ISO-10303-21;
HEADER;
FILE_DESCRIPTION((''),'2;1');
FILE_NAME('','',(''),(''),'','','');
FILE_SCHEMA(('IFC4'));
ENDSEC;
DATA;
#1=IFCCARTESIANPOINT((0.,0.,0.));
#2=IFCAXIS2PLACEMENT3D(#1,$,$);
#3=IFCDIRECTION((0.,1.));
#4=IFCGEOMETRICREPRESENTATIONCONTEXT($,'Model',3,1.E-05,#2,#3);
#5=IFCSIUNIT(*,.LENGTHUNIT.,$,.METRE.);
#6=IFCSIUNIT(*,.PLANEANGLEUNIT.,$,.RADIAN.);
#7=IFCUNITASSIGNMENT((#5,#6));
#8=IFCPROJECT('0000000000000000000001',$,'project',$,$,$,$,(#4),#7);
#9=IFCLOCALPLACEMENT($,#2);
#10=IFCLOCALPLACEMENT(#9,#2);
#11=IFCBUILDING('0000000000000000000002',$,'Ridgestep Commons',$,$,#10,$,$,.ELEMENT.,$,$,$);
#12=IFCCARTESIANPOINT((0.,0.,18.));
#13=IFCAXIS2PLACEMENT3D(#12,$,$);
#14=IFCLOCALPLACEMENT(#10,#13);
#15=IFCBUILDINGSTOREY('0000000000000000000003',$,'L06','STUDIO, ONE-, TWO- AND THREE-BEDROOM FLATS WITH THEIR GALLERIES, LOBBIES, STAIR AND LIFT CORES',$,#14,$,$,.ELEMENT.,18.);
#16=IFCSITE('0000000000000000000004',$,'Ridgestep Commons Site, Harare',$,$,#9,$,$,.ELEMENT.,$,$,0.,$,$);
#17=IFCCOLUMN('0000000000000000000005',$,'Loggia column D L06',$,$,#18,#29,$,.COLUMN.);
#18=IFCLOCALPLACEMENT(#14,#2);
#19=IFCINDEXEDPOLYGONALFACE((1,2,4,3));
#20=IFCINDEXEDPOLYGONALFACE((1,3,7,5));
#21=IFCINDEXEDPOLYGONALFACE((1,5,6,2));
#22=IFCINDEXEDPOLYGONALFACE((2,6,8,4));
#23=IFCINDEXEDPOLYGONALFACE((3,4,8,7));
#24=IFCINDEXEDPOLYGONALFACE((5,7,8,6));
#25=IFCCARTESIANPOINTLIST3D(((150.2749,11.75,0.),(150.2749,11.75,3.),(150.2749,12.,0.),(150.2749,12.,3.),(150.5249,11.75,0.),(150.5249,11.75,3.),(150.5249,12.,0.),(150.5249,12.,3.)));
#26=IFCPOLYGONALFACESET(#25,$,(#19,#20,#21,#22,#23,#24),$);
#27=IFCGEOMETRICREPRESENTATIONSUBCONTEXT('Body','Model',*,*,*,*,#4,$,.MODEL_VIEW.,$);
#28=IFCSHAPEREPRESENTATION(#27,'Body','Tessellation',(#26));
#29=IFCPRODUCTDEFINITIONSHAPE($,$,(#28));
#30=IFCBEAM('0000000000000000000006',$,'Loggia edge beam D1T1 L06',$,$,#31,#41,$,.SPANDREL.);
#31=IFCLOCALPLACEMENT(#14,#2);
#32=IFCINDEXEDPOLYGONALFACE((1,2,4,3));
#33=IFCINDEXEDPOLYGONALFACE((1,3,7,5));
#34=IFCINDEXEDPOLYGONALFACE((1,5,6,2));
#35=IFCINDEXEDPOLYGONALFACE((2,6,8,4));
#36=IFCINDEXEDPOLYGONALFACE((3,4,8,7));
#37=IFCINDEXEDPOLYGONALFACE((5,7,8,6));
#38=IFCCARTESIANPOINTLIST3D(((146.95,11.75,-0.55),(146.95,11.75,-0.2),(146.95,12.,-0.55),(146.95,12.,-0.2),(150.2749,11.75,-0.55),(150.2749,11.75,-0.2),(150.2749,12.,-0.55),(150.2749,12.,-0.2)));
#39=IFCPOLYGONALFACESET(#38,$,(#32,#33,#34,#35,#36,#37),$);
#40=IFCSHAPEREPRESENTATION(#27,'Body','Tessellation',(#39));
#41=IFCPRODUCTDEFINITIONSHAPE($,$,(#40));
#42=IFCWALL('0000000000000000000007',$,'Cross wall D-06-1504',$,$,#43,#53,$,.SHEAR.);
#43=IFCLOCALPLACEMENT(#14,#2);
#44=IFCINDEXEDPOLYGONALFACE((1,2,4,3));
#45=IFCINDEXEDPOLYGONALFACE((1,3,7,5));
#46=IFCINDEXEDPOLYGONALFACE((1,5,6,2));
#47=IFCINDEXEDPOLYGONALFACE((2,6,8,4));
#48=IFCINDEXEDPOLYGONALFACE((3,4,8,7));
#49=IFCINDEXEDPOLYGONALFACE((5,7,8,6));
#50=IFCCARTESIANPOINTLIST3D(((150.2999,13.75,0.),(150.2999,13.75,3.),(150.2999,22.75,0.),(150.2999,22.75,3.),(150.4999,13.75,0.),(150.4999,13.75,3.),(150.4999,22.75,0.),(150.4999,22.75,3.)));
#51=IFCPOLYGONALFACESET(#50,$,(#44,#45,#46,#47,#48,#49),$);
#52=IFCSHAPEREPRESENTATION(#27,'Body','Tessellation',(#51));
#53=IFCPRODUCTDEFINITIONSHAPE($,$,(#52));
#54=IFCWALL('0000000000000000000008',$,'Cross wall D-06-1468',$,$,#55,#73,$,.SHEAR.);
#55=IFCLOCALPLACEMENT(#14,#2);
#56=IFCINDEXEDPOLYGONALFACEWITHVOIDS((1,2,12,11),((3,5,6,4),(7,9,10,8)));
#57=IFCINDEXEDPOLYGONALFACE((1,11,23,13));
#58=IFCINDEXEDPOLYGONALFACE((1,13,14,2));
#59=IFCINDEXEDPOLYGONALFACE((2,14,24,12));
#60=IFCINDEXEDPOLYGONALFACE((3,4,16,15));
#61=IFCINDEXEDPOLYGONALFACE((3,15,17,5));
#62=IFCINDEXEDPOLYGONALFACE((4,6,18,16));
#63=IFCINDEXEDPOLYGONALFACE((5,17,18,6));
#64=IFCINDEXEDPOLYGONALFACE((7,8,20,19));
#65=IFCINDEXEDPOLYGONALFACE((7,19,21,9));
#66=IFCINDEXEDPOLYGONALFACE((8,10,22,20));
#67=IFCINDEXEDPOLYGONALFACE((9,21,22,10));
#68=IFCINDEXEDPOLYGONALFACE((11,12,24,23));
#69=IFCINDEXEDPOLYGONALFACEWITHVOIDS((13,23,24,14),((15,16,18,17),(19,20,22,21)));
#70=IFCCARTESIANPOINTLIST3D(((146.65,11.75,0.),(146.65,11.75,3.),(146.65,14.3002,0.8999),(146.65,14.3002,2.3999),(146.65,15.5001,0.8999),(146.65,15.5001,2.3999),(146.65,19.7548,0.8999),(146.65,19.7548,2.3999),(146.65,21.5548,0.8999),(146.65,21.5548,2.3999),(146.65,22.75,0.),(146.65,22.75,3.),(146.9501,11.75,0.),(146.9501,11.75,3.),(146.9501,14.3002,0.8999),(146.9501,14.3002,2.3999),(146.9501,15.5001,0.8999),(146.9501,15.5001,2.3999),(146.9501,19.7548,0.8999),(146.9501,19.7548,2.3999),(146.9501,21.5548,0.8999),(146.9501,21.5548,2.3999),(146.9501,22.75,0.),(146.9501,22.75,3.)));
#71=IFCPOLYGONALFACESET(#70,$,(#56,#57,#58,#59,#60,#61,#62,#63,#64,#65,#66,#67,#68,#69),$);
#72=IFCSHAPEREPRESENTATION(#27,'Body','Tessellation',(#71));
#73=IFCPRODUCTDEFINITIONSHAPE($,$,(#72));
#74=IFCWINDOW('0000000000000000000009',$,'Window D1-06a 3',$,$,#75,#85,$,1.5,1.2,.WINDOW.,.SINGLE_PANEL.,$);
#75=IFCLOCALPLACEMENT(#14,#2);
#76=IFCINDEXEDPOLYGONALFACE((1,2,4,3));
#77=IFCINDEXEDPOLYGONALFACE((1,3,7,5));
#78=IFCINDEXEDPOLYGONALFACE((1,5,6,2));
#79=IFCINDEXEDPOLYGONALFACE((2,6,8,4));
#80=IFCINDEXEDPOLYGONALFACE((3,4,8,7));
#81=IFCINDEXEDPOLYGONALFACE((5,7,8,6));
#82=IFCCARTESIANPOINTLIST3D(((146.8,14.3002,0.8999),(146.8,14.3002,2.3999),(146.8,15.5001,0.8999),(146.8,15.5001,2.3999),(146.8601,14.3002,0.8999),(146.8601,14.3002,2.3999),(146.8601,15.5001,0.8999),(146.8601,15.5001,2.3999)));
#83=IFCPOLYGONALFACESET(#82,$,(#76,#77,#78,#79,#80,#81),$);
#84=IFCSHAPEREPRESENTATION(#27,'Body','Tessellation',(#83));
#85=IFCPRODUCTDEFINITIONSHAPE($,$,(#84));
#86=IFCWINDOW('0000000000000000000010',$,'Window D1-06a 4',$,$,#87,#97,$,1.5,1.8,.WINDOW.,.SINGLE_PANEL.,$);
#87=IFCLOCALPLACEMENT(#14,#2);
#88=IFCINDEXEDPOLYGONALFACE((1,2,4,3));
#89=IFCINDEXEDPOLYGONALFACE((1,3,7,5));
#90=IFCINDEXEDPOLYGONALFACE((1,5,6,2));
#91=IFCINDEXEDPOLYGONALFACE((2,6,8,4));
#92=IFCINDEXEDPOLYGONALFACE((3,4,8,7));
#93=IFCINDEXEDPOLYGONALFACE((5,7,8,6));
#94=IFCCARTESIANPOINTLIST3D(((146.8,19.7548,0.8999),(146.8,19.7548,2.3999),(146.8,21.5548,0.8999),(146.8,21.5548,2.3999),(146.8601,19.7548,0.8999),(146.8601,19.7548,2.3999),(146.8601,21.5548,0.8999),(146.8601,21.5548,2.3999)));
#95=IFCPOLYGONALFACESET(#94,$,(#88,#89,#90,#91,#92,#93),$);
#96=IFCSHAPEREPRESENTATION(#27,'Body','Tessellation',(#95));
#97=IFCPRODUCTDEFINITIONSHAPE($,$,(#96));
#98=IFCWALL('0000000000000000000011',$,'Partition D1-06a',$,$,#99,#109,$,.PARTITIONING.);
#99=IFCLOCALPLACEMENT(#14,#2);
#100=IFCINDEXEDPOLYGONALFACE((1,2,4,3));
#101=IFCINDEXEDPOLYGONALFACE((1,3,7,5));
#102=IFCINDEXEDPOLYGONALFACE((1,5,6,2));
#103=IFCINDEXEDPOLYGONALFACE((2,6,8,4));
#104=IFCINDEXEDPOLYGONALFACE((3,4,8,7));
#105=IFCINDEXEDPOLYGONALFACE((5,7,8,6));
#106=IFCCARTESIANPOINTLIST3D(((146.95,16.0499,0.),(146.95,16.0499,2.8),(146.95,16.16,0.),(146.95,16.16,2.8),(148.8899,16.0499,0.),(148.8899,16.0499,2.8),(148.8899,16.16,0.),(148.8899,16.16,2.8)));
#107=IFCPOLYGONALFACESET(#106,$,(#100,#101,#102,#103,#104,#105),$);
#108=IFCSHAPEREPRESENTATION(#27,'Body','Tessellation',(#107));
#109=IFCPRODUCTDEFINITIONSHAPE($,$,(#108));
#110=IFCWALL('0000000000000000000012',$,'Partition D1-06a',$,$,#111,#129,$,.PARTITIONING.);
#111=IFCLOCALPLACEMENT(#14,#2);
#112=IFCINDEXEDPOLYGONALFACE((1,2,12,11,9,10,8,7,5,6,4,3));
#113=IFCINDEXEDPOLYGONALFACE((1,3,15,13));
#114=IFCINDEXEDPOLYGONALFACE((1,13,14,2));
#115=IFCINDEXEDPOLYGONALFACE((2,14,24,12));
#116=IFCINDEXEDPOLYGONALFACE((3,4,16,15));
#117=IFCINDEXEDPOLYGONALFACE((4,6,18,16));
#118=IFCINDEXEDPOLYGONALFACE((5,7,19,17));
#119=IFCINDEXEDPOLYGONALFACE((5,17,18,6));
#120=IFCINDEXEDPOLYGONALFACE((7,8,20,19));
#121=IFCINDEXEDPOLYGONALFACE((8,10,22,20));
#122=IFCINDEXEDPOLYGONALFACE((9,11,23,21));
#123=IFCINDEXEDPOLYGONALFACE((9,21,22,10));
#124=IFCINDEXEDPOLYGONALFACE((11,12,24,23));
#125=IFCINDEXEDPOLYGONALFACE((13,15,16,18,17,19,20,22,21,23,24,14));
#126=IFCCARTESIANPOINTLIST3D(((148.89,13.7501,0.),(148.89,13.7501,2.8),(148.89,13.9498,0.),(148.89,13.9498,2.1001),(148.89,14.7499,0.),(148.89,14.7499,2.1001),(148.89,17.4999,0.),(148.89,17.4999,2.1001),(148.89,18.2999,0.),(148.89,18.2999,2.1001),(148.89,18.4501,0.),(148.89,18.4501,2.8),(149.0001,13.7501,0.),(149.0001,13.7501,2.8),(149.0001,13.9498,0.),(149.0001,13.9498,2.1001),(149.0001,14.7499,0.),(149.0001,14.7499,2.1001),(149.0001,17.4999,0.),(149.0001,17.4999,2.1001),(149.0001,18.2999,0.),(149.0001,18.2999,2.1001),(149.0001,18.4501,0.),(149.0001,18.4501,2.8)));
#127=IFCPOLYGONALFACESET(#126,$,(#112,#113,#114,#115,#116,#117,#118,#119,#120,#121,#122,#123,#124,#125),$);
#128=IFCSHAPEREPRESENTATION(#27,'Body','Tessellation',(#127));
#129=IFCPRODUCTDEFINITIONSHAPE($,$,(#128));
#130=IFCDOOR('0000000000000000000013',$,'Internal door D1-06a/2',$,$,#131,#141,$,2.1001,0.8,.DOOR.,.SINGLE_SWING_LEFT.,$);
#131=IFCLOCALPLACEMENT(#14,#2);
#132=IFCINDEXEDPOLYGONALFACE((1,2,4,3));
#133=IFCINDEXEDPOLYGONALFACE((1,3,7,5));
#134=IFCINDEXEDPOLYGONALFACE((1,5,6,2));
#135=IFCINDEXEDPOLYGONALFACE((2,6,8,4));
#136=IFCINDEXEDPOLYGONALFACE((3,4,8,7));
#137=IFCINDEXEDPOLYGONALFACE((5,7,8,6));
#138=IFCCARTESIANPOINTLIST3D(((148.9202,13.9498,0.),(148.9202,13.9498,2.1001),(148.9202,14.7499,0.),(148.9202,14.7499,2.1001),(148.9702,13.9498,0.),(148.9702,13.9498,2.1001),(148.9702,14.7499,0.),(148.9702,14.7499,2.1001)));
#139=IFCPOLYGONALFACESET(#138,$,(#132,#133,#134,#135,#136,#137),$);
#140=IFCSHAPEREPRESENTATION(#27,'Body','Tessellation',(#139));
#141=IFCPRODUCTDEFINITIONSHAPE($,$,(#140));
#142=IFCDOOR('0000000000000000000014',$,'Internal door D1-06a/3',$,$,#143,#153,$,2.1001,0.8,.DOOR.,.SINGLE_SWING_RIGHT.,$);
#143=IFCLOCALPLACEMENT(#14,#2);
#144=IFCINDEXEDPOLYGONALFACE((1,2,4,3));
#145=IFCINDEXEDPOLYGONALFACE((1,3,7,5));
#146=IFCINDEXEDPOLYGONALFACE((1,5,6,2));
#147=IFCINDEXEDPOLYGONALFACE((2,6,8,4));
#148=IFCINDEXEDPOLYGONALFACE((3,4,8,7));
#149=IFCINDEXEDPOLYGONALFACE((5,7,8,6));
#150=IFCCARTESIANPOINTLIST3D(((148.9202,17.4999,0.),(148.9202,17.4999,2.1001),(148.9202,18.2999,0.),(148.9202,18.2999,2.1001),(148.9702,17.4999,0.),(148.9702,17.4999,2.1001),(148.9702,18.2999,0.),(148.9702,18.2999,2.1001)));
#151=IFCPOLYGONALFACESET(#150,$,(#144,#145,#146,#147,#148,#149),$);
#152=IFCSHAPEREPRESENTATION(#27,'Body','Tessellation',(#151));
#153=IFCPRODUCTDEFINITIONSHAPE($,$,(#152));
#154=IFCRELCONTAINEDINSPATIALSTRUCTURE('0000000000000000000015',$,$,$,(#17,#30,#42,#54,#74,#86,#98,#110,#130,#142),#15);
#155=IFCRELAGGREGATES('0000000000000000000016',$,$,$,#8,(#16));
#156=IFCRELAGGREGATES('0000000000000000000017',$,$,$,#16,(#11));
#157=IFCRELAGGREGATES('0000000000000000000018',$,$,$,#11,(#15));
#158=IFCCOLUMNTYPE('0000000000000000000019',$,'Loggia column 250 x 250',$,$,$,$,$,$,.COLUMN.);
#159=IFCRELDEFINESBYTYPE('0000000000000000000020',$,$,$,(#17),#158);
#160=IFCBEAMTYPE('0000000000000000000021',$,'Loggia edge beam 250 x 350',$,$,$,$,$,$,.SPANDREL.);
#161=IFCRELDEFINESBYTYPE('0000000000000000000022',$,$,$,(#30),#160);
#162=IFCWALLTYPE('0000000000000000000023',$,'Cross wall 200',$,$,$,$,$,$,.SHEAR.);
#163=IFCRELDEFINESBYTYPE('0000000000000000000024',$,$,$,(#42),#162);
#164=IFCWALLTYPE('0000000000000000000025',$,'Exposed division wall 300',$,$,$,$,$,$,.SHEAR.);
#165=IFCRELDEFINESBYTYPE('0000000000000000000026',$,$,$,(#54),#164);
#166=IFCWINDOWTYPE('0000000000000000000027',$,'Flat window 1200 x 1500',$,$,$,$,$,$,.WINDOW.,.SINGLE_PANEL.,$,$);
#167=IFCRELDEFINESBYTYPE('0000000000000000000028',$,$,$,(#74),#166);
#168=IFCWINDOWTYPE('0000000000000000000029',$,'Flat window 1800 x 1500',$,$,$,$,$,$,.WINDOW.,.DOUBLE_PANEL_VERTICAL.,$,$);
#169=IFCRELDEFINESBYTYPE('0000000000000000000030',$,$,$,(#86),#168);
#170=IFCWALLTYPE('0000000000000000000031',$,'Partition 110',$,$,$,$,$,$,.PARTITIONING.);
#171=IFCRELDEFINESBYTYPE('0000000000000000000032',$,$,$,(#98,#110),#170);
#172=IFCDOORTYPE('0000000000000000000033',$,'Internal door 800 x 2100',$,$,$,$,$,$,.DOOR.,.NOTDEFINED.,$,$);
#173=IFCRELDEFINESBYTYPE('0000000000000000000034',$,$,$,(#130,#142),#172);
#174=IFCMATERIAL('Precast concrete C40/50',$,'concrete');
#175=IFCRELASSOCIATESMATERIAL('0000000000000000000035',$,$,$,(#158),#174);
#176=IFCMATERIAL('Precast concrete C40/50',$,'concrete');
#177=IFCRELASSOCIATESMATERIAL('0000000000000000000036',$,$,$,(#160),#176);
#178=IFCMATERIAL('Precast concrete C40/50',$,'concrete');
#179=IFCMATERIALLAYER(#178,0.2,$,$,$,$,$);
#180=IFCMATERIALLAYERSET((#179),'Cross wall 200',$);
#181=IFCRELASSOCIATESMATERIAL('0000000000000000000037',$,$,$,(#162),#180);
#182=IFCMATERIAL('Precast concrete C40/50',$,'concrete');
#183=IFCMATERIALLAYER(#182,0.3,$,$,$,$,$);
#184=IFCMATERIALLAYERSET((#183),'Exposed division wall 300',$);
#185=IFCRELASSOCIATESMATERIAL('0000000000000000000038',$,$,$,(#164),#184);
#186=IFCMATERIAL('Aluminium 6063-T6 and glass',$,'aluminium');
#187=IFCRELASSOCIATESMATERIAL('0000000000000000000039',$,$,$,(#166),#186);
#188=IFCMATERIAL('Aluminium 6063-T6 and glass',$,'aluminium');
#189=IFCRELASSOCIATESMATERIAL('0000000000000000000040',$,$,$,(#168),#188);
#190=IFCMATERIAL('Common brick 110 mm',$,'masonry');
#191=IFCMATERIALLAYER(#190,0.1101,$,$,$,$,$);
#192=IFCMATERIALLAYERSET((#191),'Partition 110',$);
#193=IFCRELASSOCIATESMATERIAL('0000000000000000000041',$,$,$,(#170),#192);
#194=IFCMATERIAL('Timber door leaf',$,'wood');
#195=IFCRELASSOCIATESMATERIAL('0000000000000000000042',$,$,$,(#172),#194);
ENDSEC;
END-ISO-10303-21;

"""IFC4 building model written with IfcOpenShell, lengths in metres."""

from ifc_helpers import new_model, si_unit, direction, frame, frame_2d, origin, origin_2d, place, context, subcontext, project, spatial, rectangle, extrude, material, layer, layer_set, material_profile, profile_set, type_object, element, fill, save


model = new_model("IFC4")

# Units and contexts
model_context = context("Model", 3, precision=1e-05, world=origin(), true_north=direction((0.0, 1.0)))
body_context = subcontext(model_context, "Body", "Model", "MODEL_VIEW")
ifc_project = project(units=[si_unit("LENGTHUNIT", "METRE"), si_unit("PLANEANGLEUNIT", "RADIAN")], contexts=[model_context])

# Site, building, storey
site_placement = place(None, origin())
site = spatial("IfcSite", under=ifc_project, at=site_placement, Name="Ridgestep Commons Site, Harare", CompositionType="ELEMENT", RefElevation=0.0)
building_placement = place(site_placement, origin())
building = spatial("IfcBuilding", under=site, at=building_placement, Name="Ridgestep Commons", CompositionType="ELEMENT")
storey_placement = place(building_placement, frame((0.0, 0.0, 18.0)))
storey = spatial("IfcBuildingStorey", under=building, at=storey_placement, Name="L06", Description="STUDIO, ONE-, TWO- AND THREE-BEDROOM FLATS WITH THEIR GALLERIES, LOBBIES, STAIR AND LIFT CORES", CompositionType="ELEMENT", Elevation=18.0)

# Column
ifc_material_1 = material(Name="Precast concrete C40/50", Category="concrete")
ifc_material_profile_1 = material_profile(ifc_material_1, rectangle(XDim=0.25, YDim=0.25, at=origin_2d()), Name="PC 250x250")
ifc_profile_set_1 = profile_set([ifc_material_profile_1], Name="Precast concrete C40/50")
column_type = type_object("IfcColumnType", Name="Loggia column 250 x 250", PredefinedType="COLUMN", material=ifc_profile_set_1)
column_placement = place(storey_placement, frame((150.3999, 11.875, 0.0), z_axis=(0.0, 0.0, 1.0), x_axis=(1.0, 0.0, 0.0)))
element("IfcColumn", 1, at=column_placement, inside=storey, type_object=column_type, Name="Loggia column D L06", PredefinedType="COLUMN", context=body_context, shape_type="SweptSolid", body=[
    extrude(rectangle(XDim=0.25, YDim=0.25, at=origin_2d()), origin(), (0.0, 0.0, 1.0), 3.0),
])

# Beam
ifc_material_2 = material(Name="Precast concrete C40/50", Category="concrete")
ifc_material_profile_2 = material_profile(ifc_material_2, rectangle(XDim=0.25, YDim=0.3501, at=origin_2d()), Name="PC 250x350")
ifc_profile_set_2 = profile_set([ifc_material_profile_2], Name="Precast concrete C40/50")
beam_type = type_object("IfcBeamType", Name="Loggia edge beam 250 x 350", PredefinedType="SPANDREL", material=ifc_profile_set_2)
beam_placement = place(storey_placement, frame((146.95, 11.875, -0.375), z_axis=(1.0, 0.0, 0.0), x_axis=(0.0, 1.0, 0.0)))
element("IfcBeam", 2, at=beam_placement, inside=storey, type_object=beam_type, Name="Loggia edge beam D1T1 L06", PredefinedType="SPANDREL", context=body_context, shape_type="SweptSolid", body=[
    extrude(rectangle(XDim=0.25, YDim=0.3501, at=origin_2d()), origin(), (0.0, 0.0, 1.0), 3.325),
])

# Wall
ifc_material_3 = material(Name="Precast concrete C40/50", Category="concrete")
ifc_layer_1 = layer(ifc_material_3, 0.2)
ifc_layer_set_1 = layer_set([ifc_layer_1], Name="Cross wall 200")
wall_type_1 = type_object("IfcWallType", Name="Cross wall 200", PredefinedType="SHEAR", material=ifc_layer_set_1)
wall_1_placement = place(storey_placement, frame((150.3999, 13.75, 0.0), z_axis=(0.0, 0.0, 1.0), x_axis=(0.0, 1.0, 0.0)))
element("IfcWall", 3, at=wall_1_placement, inside=storey, type_object=wall_type_1, Name="Cross wall D-06-1504", PredefinedType="SHEAR", context=body_context, shape_type="SweptSolid", body=[
    extrude(rectangle(XDim=9.0, YDim=0.2, at=frame_2d((4.5, 0.0))), origin(), (0.0, 0.0, 1.0), 3.0),
])

# Wall, openings, windows
ifc_material_4 = material(Name="Precast concrete C40/50", Category="concrete")
ifc_layer_2 = layer(ifc_material_4, 0.3)
ifc_layer_set_2 = layer_set([ifc_layer_2], Name="Exposed division wall 300")
wall_type_2 = type_object("IfcWallType", Name="Exposed division wall 300", PredefinedType="SHEAR", material=ifc_layer_set_2)
wall_2_placement = place(storey_placement, frame((146.8, 11.75, 0.0), z_axis=(0.0, 0.0, 1.0), x_axis=(0.0, 1.0, 0.0)))
wall_2 = element("IfcWall", 4, at=wall_2_placement, inside=storey, type_object=wall_type_2, Name="Cross wall D-06-1468", PredefinedType="SHEAR", context=body_context, shape_type="SweptSolid", body=[
    extrude(rectangle(XDim=11.0, YDim=0.3, at=frame_2d((5.5, 0.0))), origin(), (0.0, 0.0, 1.0), 3.0),
])
opening_1_placement = place(wall_2_placement, frame((2.55, 0.0, 0.8999)))
opening_1 = element("IfcOpeningElement", 5, at=opening_1_placement, cuts=wall_2, PredefinedType="OPENING", context=body_context, shape_type="SweptSolid", body=[
    extrude(rectangle(XDim=1.2, YDim=1.5, at=frame_2d((0.6001, 0.75))), frame((0.0, 0.1599, 0.0), z_axis=(0.0, -1.0, 0.0), x_axis=(1.0, 0.0, 0.0)), (0.0, 0.0, 1.0), 0.3201),
])
opening_2_placement = place(wall_2_placement, frame((8.0049, 0.0, 0.8999)))
opening_2 = element("IfcOpeningElement", 6, at=opening_2_placement, cuts=wall_2, PredefinedType="OPENING", context=body_context, shape_type="SweptSolid", body=[
    extrude(rectangle(XDim=1.8, YDim=1.5, at=frame_2d((0.8999, 0.75))), frame((0.0, 0.1599, 0.0), z_axis=(0.0, -1.0, 0.0), x_axis=(1.0, 0.0, 0.0)), (0.0, 0.0, 1.0), 0.3201),
])
ifc_material_5 = material(Name="Aluminium 6063-T6 and glass", Category="aluminium")
window_type_1 = type_object("IfcWindowType", Name="Flat window 1200 x 1500", PartitioningType="SINGLE_PANEL", PredefinedType="WINDOW", material=ifc_material_5)
window_1_placement = place(opening_1_placement, origin())
window_1 = element("IfcWindow", 7, at=window_1_placement, inside=storey, type_object=window_type_1, Name="Window D1-06a 3", OverallHeight=1.5, OverallWidth=1.2, PartitioningType="SINGLE_PANEL", PredefinedType="WINDOW", context=body_context, shape_type="SweptSolid", body=[
    extrude(rectangle(XDim=1.2, YDim=1.5, at=frame_2d((0.6001, 0.75))), frame((0.0, 0.0, 0.0), z_axis=(0.0, -1.0, 0.0), x_axis=(1.0, 0.0, 0.0)), (0.0, 0.0, 1.0), 0.0601),
])
fill(opening_1, window_1)
ifc_material_6 = material(Name="Aluminium 6063-T6 and glass", Category="aluminium")
window_type_2 = type_object("IfcWindowType", Name="Flat window 1800 x 1500", PartitioningType="DOUBLE_PANEL_VERTICAL", PredefinedType="WINDOW", material=ifc_material_6)
window_2_placement = place(opening_2_placement, origin())
window_2 = element("IfcWindow", 8, at=window_2_placement, inside=storey, type_object=window_type_2, Name="Window D1-06a 4", OverallHeight=1.5, OverallWidth=1.8, PartitioningType="SINGLE_PANEL", PredefinedType="WINDOW", context=body_context, shape_type="SweptSolid", body=[
    extrude(rectangle(XDim=1.8, YDim=1.5, at=frame_2d((0.8999, 0.75))), frame((0.0, 0.0, 0.0), z_axis=(0.0, -1.0, 0.0), x_axis=(1.0, 0.0, 0.0)), (0.0, 0.0, 1.0), 0.0601),
])
fill(opening_2, window_2)

# Wall
ifc_material_7 = material(Name="Common brick 110 mm", Category="masonry")
ifc_layer_3 = layer(ifc_material_7, 0.1101)
ifc_layer_set_3 = layer_set([ifc_layer_3], Name="Partition 110")
wall_type_3 = type_object("IfcWallType", Name="Partition 110", PredefinedType="PARTITIONING", material=ifc_layer_set_3)
wall_3_placement = place(storey_placement, frame((146.95, 16.105, 0.0), z_axis=(0.0, 0.0, 1.0), x_axis=(1.0, 0.0, 0.0)))
element("IfcWall", 9, at=wall_3_placement, inside=storey, type_object=wall_type_3, Name="Partition D1-06a", PredefinedType="PARTITIONING", context=body_context, shape_type="SweptSolid", body=[
    extrude(rectangle(XDim=1.9399, YDim=0.1101, at=frame_2d((0.97, 0.0))), origin(), (0.0, 0.0, 1.0), 2.8),
])

# Wall, openings, doors
wall_4_placement = place(storey_placement, frame((148.9451, 13.75, 0.0), z_axis=(0.0, 0.0, 1.0), x_axis=(0.0, 1.0, 0.0)))
wall_4 = element("IfcWall", 10, at=wall_4_placement, inside=storey, type_object=wall_type_3, Name="Partition D1-06a", PredefinedType="PARTITIONING", context=body_context, shape_type="SweptSolid", body=[
    extrude(rectangle(XDim=4.7, YDim=0.1101, at=frame_2d((2.3501, 0.0))), origin(), (0.0, 0.0, 1.0), 2.8),
])
opening_3_placement = place(wall_4_placement, frame((0.2, 0.0, 0.0)))
opening_3 = element("IfcOpeningElement", 11, at=opening_3_placement, cuts=wall_4, PredefinedType="OPENING", context=body_context, shape_type="SweptSolid", body=[
    extrude(rectangle(XDim=0.8, YDim=2.1001, at=frame_2d((0.3999, 1.05))), frame((0.0, 0.0649, 0.0), z_axis=(0.0, -1.0, 0.0), x_axis=(1.0, 0.0, 0.0)), (0.0, 0.0, 1.0), 0.1301),
])
opening_4_placement = place(wall_4_placement, frame((3.75, 0.0, 0.0)))
opening_4 = element("IfcOpeningElement", 12, at=opening_4_placement, cuts=wall_4, PredefinedType="OPENING", context=body_context, shape_type="SweptSolid", body=[
    extrude(rectangle(XDim=0.8, YDim=2.1001, at=frame_2d((0.3999, 1.05))), frame((0.0, 0.0649, 0.0), z_axis=(0.0, -1.0, 0.0), x_axis=(1.0, 0.0, 0.0)), (0.0, 0.0, 1.0), 0.1301),
])
ifc_material_8 = material(Name="Timber door leaf", Category="wood")
door_type_1 = type_object("IfcDoorType", Name="Internal door 800 x 2100", OperationType="NOTDEFINED", PredefinedType="DOOR", material=ifc_material_8)
door_1_placement = place(opening_3_placement, origin())
door_1 = element("IfcDoor", 13, at=door_1_placement, inside=storey, type_object=door_type_1, Name="Internal door D1-06a/2", OperationType="SINGLE_SWING_LEFT", OverallHeight=2.1001, OverallWidth=0.8, PredefinedType="DOOR", context=body_context, shape_type="SweptSolid", body=[
    extrude(rectangle(XDim=0.8, YDim=2.1001, at=frame_2d((0.3999, 1.05))), frame((0.0, 0.0249, 0.0), z_axis=(0.0, -1.0, 0.0), x_axis=(1.0, 0.0, 0.0)), (0.0, 0.0, 1.0), 0.05),
])
fill(opening_3, door_1)
door_2_placement = place(opening_4_placement, origin())
door_2 = element("IfcDoor", 14, at=door_2_placement, inside=storey, type_object=door_type_1, Name="Internal door D1-06a/3", OperationType="SINGLE_SWING_RIGHT", OverallHeight=2.1001, OverallWidth=0.8, PredefinedType="DOOR", context=body_context, shape_type="SweptSolid", body=[
    extrude(rectangle(XDim=0.8, YDim=2.1001, at=frame_2d((0.3999, 1.05))), frame((0.0, 0.0249, 0.0), z_axis=(0.0, -1.0, 0.0), x_axis=(1.0, 0.0, 0.0)), (0.0, 0.0, 1.0), 0.05),
])
fill(opening_4, door_2)

save(model, "model.ifc")
